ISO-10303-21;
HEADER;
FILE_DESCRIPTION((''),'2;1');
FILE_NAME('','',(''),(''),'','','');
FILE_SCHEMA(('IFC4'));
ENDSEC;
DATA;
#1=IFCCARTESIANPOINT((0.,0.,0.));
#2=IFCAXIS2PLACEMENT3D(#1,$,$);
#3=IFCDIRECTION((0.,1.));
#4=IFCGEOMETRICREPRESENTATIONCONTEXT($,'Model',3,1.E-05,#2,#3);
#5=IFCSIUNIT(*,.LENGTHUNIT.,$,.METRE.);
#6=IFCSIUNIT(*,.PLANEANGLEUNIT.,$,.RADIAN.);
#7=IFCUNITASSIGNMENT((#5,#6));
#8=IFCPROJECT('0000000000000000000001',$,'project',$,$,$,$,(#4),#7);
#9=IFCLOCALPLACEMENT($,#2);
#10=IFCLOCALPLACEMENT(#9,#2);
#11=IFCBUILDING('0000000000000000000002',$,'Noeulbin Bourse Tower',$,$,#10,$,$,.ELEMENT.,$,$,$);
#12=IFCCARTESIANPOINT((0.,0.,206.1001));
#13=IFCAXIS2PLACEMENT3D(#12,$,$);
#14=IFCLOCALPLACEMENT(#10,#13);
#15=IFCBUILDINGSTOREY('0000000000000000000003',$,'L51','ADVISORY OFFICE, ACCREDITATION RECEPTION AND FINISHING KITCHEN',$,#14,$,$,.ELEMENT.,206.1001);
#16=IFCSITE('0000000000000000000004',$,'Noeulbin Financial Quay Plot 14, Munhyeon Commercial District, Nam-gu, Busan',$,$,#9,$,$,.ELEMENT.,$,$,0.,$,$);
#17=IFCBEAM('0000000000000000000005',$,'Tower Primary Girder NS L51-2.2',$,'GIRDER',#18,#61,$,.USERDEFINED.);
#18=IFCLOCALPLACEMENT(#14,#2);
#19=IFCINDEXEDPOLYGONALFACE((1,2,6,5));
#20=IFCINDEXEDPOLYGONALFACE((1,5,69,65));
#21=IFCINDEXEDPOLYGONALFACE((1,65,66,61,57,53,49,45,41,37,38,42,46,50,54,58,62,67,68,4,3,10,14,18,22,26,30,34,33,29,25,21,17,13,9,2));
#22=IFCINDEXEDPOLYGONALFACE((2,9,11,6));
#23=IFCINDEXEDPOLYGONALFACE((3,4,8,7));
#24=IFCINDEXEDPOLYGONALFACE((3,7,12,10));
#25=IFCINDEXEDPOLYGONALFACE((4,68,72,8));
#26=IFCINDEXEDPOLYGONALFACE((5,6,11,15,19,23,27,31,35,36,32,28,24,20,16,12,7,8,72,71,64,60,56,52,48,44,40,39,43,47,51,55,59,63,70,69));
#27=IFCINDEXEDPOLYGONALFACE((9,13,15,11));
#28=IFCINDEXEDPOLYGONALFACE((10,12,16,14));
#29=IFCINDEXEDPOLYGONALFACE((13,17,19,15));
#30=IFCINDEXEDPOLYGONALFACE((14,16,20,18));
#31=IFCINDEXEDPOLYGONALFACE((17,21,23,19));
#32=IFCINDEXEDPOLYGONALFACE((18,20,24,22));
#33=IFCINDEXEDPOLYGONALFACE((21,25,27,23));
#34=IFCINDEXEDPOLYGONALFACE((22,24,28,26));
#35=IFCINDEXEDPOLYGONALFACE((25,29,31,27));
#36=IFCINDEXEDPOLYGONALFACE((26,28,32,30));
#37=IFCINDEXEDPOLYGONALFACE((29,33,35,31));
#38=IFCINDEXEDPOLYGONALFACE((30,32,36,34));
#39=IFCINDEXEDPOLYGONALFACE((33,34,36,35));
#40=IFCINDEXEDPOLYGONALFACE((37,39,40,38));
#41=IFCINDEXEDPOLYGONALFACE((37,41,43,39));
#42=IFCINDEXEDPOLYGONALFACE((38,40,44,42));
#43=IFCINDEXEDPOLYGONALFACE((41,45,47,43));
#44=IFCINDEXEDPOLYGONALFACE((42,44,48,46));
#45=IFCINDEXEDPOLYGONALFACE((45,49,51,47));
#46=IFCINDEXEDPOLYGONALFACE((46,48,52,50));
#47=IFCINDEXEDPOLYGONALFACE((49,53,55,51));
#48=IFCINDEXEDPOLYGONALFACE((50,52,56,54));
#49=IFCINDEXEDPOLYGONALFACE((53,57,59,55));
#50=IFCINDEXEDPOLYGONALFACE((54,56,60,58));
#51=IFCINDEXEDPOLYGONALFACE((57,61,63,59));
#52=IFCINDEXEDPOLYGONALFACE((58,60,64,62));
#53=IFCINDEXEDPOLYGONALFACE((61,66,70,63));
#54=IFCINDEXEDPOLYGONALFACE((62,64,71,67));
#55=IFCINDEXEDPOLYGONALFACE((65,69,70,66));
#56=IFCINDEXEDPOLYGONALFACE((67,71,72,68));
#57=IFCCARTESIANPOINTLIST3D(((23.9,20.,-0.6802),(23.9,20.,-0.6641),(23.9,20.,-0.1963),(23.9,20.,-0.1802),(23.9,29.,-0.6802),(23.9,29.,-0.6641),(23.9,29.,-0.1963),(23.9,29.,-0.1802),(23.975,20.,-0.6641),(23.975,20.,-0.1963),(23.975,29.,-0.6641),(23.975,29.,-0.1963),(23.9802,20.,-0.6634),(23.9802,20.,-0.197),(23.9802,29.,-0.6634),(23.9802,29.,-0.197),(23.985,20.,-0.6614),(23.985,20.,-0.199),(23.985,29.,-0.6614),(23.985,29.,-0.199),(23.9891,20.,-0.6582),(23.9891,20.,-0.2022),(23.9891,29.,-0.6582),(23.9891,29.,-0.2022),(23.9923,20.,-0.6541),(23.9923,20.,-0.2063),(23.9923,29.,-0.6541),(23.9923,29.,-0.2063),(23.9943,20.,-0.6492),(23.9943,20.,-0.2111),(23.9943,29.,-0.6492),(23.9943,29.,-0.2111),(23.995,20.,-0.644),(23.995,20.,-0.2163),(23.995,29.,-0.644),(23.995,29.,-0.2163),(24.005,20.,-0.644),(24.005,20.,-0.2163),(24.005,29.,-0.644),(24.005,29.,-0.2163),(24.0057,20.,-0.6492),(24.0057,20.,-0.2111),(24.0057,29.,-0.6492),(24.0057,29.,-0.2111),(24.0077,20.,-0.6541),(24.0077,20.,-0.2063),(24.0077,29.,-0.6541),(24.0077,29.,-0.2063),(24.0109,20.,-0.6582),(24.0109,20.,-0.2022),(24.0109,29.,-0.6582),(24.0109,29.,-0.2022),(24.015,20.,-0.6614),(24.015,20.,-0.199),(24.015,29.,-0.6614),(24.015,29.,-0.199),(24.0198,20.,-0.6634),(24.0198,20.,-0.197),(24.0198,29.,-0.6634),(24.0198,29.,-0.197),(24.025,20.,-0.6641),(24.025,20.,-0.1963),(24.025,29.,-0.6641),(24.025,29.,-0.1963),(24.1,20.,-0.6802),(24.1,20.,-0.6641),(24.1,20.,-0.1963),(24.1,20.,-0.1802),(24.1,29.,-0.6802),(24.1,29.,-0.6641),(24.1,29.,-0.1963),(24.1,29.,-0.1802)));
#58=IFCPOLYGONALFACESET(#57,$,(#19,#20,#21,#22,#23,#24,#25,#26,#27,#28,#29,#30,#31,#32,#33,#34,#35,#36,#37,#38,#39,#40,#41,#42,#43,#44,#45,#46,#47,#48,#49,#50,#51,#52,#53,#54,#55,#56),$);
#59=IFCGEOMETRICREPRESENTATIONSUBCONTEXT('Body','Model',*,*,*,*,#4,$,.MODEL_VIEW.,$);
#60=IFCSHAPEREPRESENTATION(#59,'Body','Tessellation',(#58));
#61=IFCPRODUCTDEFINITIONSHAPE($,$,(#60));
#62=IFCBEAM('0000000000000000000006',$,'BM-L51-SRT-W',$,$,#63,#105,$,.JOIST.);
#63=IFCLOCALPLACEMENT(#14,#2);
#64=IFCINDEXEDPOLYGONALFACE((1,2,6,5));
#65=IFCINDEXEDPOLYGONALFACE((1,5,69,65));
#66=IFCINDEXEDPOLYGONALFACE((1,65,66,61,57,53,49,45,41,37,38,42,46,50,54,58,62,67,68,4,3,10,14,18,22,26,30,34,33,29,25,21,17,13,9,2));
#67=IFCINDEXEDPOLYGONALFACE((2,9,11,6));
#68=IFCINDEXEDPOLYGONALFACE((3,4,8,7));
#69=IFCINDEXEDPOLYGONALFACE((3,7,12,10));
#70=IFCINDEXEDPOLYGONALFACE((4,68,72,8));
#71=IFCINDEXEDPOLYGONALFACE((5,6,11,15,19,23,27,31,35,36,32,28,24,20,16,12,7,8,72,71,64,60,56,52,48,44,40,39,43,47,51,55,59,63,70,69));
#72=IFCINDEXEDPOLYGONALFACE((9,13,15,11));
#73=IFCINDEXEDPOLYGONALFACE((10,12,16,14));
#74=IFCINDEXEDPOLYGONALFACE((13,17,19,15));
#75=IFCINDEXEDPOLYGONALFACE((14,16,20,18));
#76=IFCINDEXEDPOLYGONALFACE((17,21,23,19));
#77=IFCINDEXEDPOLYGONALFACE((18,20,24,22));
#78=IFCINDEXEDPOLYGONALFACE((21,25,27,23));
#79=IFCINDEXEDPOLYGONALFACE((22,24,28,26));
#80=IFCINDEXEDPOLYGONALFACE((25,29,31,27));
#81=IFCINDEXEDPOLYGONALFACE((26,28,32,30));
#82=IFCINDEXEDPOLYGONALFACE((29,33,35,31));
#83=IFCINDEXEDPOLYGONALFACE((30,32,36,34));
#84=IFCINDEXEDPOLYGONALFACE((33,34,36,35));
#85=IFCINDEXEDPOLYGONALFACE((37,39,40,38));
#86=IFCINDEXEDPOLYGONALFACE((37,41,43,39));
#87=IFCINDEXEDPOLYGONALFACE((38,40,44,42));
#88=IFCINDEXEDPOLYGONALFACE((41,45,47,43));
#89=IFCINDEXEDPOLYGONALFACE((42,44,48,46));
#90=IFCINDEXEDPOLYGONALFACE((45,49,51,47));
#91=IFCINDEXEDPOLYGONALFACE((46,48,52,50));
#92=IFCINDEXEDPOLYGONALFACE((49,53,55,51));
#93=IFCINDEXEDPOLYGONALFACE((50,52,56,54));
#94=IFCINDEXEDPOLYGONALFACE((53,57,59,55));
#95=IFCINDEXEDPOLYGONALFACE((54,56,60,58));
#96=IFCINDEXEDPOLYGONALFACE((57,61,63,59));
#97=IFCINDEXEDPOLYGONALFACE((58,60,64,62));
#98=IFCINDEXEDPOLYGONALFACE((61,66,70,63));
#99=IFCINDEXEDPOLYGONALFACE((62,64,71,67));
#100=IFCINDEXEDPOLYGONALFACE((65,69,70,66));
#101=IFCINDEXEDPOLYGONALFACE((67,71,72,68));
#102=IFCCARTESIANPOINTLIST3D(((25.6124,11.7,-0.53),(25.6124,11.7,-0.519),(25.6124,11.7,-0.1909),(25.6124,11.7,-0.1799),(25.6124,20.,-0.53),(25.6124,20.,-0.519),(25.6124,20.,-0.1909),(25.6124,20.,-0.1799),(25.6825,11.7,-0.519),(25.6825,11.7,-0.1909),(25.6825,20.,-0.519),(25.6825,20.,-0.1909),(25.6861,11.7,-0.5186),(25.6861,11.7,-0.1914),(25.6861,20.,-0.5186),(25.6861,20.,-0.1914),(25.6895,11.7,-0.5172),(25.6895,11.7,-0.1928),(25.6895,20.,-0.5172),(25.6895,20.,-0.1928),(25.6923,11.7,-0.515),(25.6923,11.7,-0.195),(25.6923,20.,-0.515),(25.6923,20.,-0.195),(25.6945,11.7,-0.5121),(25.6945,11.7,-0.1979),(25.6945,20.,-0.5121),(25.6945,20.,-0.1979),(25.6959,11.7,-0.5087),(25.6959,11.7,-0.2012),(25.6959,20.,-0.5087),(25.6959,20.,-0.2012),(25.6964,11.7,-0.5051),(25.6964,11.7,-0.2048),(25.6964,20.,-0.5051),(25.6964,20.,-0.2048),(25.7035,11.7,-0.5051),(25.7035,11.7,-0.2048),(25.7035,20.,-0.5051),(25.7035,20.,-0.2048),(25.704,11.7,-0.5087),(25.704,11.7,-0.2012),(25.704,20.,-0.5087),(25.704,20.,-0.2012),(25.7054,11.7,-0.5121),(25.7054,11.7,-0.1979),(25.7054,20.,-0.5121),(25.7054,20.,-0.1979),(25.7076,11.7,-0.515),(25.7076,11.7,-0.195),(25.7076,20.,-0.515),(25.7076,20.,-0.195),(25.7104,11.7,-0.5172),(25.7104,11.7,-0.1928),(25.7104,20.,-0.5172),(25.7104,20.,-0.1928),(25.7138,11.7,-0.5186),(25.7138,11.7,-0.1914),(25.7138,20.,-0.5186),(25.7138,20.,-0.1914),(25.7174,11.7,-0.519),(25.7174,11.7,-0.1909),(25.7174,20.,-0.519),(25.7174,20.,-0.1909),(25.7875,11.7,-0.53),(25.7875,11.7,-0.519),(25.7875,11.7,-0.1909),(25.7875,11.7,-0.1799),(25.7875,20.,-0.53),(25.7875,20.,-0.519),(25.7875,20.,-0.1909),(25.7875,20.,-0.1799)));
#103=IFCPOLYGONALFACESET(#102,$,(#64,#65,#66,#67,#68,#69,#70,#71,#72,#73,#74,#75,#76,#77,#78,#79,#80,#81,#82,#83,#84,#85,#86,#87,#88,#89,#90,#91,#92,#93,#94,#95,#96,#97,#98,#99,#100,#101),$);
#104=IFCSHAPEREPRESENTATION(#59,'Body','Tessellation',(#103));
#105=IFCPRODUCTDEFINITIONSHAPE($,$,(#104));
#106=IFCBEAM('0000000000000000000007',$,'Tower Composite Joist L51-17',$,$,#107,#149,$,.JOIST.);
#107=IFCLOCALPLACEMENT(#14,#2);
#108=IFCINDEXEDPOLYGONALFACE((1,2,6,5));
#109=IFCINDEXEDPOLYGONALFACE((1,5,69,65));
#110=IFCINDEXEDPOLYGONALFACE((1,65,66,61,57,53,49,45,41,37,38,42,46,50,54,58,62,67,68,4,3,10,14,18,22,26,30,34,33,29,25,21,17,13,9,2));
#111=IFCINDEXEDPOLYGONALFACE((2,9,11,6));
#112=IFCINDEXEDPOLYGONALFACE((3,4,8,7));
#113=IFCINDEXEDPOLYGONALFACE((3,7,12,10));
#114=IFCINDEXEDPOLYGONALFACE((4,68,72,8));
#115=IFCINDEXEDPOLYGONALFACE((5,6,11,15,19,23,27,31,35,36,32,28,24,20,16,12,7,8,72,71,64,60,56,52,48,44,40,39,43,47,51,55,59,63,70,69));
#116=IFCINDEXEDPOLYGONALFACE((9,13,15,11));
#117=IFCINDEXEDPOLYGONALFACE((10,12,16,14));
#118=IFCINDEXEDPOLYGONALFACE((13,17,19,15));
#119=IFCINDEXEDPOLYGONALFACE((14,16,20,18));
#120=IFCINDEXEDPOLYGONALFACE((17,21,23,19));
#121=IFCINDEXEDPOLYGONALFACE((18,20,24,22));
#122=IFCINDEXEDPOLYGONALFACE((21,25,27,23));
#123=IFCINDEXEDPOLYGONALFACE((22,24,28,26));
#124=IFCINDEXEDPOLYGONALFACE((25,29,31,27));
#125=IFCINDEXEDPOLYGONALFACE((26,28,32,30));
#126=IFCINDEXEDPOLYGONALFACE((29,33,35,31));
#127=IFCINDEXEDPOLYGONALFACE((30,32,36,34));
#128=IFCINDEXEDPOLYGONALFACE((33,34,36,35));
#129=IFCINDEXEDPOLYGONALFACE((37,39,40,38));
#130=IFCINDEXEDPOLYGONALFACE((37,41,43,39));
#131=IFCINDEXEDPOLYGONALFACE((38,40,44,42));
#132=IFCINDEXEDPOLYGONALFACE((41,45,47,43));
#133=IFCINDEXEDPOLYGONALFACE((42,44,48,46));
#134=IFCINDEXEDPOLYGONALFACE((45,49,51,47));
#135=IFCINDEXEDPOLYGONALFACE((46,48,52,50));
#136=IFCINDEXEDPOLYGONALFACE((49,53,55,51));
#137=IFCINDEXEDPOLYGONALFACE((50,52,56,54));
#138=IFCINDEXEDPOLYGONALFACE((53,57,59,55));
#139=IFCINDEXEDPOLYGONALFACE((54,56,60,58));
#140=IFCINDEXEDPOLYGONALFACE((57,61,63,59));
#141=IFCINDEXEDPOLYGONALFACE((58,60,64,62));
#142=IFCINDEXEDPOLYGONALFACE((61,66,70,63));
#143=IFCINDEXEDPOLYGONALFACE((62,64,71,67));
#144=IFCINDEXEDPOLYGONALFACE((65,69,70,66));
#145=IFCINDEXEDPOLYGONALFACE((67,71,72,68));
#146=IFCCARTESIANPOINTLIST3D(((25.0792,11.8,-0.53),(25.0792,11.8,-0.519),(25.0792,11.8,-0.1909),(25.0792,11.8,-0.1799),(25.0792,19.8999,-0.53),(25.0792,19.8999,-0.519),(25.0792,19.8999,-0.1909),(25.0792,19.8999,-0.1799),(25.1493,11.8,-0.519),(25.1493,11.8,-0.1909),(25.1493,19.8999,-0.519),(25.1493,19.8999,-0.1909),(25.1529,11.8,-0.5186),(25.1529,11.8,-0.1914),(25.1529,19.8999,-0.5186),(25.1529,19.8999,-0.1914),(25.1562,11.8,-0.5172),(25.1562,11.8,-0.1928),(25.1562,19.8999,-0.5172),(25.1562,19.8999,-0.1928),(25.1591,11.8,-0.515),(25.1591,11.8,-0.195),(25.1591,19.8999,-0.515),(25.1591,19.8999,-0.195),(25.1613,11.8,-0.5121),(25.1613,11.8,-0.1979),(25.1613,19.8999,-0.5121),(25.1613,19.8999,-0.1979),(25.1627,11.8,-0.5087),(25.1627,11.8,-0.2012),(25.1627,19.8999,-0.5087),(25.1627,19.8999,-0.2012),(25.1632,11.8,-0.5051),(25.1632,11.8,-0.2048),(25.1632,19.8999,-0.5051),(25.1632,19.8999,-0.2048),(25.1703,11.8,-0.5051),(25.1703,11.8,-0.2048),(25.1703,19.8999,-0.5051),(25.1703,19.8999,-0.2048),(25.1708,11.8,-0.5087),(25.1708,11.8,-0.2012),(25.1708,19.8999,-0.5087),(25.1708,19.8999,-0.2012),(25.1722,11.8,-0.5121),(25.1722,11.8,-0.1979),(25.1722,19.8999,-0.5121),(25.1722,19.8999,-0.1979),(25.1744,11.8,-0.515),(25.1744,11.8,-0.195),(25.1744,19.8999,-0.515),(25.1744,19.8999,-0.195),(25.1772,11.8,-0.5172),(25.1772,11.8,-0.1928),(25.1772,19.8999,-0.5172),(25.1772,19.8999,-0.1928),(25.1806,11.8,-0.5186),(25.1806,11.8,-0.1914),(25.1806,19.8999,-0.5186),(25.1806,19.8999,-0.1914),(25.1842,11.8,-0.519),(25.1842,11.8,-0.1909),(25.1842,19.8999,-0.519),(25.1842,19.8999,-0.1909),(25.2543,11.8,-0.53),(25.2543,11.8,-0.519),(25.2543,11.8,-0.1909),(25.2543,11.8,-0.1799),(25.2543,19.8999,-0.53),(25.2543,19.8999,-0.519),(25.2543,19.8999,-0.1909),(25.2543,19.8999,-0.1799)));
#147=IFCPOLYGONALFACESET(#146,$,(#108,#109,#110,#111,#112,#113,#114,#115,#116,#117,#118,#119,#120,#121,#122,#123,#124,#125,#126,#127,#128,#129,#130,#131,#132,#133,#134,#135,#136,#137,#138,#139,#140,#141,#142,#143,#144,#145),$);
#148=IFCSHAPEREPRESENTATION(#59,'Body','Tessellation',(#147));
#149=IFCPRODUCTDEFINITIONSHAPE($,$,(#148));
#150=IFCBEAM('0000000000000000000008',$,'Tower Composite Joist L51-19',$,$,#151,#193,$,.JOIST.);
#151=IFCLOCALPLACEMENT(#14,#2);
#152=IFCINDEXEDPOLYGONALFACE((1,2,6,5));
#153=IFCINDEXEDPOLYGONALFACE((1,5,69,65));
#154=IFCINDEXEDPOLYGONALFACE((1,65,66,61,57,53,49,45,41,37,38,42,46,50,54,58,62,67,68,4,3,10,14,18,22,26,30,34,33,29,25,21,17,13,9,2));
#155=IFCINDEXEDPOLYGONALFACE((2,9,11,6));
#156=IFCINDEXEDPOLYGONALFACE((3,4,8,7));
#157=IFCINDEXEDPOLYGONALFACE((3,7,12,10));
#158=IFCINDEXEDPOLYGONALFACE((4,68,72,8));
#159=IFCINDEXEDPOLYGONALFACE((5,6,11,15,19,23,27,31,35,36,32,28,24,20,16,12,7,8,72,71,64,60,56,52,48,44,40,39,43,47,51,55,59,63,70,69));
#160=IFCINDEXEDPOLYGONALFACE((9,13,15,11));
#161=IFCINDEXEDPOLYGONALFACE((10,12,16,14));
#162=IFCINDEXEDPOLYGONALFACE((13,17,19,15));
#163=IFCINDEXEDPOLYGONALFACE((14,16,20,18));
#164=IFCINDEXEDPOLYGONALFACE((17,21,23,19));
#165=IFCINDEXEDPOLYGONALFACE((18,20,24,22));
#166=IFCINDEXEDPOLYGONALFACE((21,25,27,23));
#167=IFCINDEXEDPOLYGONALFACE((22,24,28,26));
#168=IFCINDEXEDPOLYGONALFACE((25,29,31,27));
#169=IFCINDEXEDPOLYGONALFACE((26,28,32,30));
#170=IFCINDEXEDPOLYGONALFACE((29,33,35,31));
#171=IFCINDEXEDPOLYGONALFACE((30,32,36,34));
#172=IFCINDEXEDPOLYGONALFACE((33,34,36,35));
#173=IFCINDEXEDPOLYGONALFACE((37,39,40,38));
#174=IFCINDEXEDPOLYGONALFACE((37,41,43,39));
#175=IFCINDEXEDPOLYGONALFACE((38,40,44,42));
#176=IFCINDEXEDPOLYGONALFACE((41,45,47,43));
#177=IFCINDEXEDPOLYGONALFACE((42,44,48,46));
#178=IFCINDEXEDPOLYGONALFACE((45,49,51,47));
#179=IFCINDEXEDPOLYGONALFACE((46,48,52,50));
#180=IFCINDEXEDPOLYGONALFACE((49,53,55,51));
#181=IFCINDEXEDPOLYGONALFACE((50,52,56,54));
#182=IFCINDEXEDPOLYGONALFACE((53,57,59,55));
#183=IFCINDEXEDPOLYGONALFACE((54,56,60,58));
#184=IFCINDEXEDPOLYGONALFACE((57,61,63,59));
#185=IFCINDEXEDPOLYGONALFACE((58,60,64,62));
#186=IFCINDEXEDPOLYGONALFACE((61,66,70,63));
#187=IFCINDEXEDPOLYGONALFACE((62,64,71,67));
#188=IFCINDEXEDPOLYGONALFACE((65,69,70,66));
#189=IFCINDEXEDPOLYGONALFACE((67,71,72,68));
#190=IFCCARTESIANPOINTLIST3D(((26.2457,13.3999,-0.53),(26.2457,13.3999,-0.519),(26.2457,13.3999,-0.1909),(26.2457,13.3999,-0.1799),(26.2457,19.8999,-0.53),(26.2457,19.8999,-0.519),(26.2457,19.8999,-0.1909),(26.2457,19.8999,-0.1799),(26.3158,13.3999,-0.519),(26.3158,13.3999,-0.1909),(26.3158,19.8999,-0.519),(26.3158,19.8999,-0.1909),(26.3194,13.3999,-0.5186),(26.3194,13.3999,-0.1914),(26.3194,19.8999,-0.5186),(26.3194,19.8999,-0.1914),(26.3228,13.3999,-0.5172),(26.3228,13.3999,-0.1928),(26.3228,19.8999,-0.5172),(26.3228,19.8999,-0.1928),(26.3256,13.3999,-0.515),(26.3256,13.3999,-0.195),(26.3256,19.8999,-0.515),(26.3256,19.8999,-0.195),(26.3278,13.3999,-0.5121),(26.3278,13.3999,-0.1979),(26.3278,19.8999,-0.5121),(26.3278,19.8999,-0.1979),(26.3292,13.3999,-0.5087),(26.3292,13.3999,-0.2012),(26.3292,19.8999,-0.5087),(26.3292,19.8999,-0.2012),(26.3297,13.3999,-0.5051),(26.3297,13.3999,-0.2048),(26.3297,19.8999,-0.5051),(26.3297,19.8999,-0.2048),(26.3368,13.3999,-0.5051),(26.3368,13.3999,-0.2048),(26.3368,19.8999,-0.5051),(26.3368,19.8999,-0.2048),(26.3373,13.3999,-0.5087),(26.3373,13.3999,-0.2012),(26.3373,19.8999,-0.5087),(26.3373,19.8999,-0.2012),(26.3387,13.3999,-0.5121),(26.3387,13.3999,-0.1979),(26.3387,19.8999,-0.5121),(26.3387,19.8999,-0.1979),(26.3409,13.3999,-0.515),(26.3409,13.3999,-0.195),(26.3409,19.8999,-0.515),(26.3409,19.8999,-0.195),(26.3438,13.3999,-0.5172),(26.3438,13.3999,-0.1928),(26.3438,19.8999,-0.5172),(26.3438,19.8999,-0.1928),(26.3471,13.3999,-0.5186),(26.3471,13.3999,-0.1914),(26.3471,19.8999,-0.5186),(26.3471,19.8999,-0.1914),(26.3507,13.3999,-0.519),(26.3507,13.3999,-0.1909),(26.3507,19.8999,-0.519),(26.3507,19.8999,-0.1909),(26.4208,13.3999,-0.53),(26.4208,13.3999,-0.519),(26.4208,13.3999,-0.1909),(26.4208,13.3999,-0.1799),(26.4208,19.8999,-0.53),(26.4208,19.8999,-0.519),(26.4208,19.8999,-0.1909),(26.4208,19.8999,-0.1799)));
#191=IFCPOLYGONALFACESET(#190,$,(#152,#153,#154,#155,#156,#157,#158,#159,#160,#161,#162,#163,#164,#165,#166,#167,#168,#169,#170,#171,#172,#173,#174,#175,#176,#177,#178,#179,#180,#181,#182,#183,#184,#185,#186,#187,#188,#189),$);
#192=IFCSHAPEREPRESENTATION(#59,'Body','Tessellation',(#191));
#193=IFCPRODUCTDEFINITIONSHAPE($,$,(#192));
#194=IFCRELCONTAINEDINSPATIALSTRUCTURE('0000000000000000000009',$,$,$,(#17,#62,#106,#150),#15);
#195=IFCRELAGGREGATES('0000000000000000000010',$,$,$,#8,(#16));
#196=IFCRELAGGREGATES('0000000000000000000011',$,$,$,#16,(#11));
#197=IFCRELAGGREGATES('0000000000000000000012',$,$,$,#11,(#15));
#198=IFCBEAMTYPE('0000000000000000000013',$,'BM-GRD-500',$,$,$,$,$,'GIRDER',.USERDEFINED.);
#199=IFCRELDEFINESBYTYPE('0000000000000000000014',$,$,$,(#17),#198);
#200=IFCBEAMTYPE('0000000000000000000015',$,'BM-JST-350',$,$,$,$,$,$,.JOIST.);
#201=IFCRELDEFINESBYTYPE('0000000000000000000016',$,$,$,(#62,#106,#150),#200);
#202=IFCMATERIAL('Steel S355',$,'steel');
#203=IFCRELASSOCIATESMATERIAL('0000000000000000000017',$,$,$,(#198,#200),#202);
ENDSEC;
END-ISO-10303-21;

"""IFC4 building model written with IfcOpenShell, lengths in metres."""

from ifc_helpers import new_model, si_unit, direction, frame, origin, origin_2d, place, context, subcontext, project, spatial, i_section, extrude, material, material_profile, profile_set, type_object, element, save


model = new_model("IFC4")

# Units and contexts
model_context = context("Model", 3, precision=1e-05, world=origin(), true_north=direction((0.0, 1.0)))
body_context = subcontext(model_context, "Body", "Model", "MODEL_VIEW")
ifc_project = project(units=[si_unit("LENGTHUNIT", "METRE"), si_unit("PLANEANGLEUNIT", "RADIAN")], contexts=[model_context])

# Site, building, storey
site_placement = place(None, origin())
site = spatial("IfcSite", under=ifc_project, at=site_placement, Name="Noeulbin Financial Quay Plot 14, Munhyeon Commercial District, Nam-gu, Busan", CompositionType="ELEMENT", RefElevation=0.0)
building_placement = place(site_placement, origin())
building = spatial("IfcBuilding", under=site, at=building_placement, Name="Noeulbin Bourse Tower", CompositionType="ELEMENT")
storey_placement = place(building_placement, frame((0.0, 0.0, 206.1001)))
storey = spatial("IfcBuildingStorey", under=building, at=storey_placement, Name="L51", Description="ADVISORY OFFICE, ACCREDITATION RECEPTION AND FINISHING KITCHEN", CompositionType="ELEMENT", Elevation=206.1001)

# Beams
ifc_material_1 = material(Name="Steel S355", Category="steel")
ifc_material_profile_1 = material_profile(ifc_material_1, i_section(OverallWidth=0.2, OverallDepth=0.5, WebThickness=0.01, FlangeThickness=0.0161, FilletRadius=0.02, at=origin_2d()), Name="H-500x200x10x16", Category="LoadBearing")
ifc_profile_set_1 = profile_set([ifc_material_profile_1], Name="Steel S355")
beam_type_1 = type_object("IfcBeamType", Name="BM-GRD-500", ElementType="GIRDER", PredefinedType="USERDEFINED", material=ifc_profile_set_1)
beam_1_placement = place(storey_placement, frame((24.0, 20.0, -0.4302), z_axis=(0.0, 1.0, 0.0), x_axis=(-1.0, 0.0, 0.0)))
element("IfcBeam", 1, at=beam_1_placement, inside=storey, type_object=beam_type_1, Name="Tower Primary Girder NS L51-2.2", ObjectType="GIRDER", PredefinedType="USERDEFINED", context=body_context, shape_type="SweptSolid", body=[
    extrude(i_section(OverallWidth=0.2, OverallDepth=0.5, WebThickness=0.01, FlangeThickness=0.0161, FilletRadius=0.02, at=origin_2d()), origin(), (0.0, 0.0, 1.0), 9.0),
])
ifc_material_profile_2 = material_profile(ifc_material_1, i_section(OverallWidth=0.175, OverallDepth=0.3501, WebThickness=0.0071, FlangeThickness=0.011, FilletRadius=0.0139, at=origin_2d()), Name="H-350x175x7x11", Category="LoadBearing")
ifc_profile_set_2 = profile_set([ifc_material_profile_2], Name="Steel S355")
beam_type_2 = type_object("IfcBeamType", Name="BM-JST-350", PredefinedType="JOIST", material=ifc_profile_set_2)
beam_2_placement = place(storey_placement, frame((25.7, 11.7, -0.355), z_axis=(0.0, 1.0, 0.0), x_axis=(-1.0, 0.0, 0.0)))
element("IfcBeam", 2, at=beam_2_placement, inside=storey, type_object=beam_type_2, Name="BM-L51-SRT-W", PredefinedType="JOIST", context=body_context, shape_type="SweptSolid", body=[
    extrude(i_section(OverallWidth=0.175, OverallDepth=0.3501, WebThickness=0.0071, FlangeThickness=0.011, FilletRadius=0.0139, at=origin_2d()), origin(), (0.0, 0.0, 1.0), 8.3),
])
beam_3_placement = place(storey_placement, frame((25.1667, 11.8, -0.355), z_axis=(0.0, 1.0, 0.0), x_axis=(-1.0, 0.0, 0.0)))
element("IfcBeam", 3, at=beam_3_placement, inside=storey, type_object=beam_type_2, Name="Tower Composite Joist L51-17", PredefinedType="JOIST", context=body_context, shape_type="SweptSolid", body=[
    extrude(i_section(OverallWidth=0.175, OverallDepth=0.3501, WebThickness=0.0071, FlangeThickness=0.011, FilletRadius=0.0139, at=origin_2d()), origin(), (0.0, 0.0, 1.0), 8.0999),
])
for number, where, z_axis, x_axis, name in (
    (4, (26.3333, 13.3999, -0.355), (0.0, 1.0, 0.0), (-1.0, 0.0, 0.0), "Tower Composite Joist L51-19"),
):
    element("IfcBeam", number, at=place(storey_placement, frame(where, z_axis=z_axis, x_axis=x_axis)), inside=storey, type_object=beam_type_2, Name=name, PredefinedType="JOIST", context=body_context, shape_type="SweptSolid", body=[
        extrude(i_section(OverallWidth=0.175, OverallDepth=0.3501, WebThickness=0.0071, FlangeThickness=0.011, FilletRadius=0.0139, at=origin_2d()), origin(), (0.0, 0.0, 1.0), 6.5),
    ])

save(model, "model.ifc")
